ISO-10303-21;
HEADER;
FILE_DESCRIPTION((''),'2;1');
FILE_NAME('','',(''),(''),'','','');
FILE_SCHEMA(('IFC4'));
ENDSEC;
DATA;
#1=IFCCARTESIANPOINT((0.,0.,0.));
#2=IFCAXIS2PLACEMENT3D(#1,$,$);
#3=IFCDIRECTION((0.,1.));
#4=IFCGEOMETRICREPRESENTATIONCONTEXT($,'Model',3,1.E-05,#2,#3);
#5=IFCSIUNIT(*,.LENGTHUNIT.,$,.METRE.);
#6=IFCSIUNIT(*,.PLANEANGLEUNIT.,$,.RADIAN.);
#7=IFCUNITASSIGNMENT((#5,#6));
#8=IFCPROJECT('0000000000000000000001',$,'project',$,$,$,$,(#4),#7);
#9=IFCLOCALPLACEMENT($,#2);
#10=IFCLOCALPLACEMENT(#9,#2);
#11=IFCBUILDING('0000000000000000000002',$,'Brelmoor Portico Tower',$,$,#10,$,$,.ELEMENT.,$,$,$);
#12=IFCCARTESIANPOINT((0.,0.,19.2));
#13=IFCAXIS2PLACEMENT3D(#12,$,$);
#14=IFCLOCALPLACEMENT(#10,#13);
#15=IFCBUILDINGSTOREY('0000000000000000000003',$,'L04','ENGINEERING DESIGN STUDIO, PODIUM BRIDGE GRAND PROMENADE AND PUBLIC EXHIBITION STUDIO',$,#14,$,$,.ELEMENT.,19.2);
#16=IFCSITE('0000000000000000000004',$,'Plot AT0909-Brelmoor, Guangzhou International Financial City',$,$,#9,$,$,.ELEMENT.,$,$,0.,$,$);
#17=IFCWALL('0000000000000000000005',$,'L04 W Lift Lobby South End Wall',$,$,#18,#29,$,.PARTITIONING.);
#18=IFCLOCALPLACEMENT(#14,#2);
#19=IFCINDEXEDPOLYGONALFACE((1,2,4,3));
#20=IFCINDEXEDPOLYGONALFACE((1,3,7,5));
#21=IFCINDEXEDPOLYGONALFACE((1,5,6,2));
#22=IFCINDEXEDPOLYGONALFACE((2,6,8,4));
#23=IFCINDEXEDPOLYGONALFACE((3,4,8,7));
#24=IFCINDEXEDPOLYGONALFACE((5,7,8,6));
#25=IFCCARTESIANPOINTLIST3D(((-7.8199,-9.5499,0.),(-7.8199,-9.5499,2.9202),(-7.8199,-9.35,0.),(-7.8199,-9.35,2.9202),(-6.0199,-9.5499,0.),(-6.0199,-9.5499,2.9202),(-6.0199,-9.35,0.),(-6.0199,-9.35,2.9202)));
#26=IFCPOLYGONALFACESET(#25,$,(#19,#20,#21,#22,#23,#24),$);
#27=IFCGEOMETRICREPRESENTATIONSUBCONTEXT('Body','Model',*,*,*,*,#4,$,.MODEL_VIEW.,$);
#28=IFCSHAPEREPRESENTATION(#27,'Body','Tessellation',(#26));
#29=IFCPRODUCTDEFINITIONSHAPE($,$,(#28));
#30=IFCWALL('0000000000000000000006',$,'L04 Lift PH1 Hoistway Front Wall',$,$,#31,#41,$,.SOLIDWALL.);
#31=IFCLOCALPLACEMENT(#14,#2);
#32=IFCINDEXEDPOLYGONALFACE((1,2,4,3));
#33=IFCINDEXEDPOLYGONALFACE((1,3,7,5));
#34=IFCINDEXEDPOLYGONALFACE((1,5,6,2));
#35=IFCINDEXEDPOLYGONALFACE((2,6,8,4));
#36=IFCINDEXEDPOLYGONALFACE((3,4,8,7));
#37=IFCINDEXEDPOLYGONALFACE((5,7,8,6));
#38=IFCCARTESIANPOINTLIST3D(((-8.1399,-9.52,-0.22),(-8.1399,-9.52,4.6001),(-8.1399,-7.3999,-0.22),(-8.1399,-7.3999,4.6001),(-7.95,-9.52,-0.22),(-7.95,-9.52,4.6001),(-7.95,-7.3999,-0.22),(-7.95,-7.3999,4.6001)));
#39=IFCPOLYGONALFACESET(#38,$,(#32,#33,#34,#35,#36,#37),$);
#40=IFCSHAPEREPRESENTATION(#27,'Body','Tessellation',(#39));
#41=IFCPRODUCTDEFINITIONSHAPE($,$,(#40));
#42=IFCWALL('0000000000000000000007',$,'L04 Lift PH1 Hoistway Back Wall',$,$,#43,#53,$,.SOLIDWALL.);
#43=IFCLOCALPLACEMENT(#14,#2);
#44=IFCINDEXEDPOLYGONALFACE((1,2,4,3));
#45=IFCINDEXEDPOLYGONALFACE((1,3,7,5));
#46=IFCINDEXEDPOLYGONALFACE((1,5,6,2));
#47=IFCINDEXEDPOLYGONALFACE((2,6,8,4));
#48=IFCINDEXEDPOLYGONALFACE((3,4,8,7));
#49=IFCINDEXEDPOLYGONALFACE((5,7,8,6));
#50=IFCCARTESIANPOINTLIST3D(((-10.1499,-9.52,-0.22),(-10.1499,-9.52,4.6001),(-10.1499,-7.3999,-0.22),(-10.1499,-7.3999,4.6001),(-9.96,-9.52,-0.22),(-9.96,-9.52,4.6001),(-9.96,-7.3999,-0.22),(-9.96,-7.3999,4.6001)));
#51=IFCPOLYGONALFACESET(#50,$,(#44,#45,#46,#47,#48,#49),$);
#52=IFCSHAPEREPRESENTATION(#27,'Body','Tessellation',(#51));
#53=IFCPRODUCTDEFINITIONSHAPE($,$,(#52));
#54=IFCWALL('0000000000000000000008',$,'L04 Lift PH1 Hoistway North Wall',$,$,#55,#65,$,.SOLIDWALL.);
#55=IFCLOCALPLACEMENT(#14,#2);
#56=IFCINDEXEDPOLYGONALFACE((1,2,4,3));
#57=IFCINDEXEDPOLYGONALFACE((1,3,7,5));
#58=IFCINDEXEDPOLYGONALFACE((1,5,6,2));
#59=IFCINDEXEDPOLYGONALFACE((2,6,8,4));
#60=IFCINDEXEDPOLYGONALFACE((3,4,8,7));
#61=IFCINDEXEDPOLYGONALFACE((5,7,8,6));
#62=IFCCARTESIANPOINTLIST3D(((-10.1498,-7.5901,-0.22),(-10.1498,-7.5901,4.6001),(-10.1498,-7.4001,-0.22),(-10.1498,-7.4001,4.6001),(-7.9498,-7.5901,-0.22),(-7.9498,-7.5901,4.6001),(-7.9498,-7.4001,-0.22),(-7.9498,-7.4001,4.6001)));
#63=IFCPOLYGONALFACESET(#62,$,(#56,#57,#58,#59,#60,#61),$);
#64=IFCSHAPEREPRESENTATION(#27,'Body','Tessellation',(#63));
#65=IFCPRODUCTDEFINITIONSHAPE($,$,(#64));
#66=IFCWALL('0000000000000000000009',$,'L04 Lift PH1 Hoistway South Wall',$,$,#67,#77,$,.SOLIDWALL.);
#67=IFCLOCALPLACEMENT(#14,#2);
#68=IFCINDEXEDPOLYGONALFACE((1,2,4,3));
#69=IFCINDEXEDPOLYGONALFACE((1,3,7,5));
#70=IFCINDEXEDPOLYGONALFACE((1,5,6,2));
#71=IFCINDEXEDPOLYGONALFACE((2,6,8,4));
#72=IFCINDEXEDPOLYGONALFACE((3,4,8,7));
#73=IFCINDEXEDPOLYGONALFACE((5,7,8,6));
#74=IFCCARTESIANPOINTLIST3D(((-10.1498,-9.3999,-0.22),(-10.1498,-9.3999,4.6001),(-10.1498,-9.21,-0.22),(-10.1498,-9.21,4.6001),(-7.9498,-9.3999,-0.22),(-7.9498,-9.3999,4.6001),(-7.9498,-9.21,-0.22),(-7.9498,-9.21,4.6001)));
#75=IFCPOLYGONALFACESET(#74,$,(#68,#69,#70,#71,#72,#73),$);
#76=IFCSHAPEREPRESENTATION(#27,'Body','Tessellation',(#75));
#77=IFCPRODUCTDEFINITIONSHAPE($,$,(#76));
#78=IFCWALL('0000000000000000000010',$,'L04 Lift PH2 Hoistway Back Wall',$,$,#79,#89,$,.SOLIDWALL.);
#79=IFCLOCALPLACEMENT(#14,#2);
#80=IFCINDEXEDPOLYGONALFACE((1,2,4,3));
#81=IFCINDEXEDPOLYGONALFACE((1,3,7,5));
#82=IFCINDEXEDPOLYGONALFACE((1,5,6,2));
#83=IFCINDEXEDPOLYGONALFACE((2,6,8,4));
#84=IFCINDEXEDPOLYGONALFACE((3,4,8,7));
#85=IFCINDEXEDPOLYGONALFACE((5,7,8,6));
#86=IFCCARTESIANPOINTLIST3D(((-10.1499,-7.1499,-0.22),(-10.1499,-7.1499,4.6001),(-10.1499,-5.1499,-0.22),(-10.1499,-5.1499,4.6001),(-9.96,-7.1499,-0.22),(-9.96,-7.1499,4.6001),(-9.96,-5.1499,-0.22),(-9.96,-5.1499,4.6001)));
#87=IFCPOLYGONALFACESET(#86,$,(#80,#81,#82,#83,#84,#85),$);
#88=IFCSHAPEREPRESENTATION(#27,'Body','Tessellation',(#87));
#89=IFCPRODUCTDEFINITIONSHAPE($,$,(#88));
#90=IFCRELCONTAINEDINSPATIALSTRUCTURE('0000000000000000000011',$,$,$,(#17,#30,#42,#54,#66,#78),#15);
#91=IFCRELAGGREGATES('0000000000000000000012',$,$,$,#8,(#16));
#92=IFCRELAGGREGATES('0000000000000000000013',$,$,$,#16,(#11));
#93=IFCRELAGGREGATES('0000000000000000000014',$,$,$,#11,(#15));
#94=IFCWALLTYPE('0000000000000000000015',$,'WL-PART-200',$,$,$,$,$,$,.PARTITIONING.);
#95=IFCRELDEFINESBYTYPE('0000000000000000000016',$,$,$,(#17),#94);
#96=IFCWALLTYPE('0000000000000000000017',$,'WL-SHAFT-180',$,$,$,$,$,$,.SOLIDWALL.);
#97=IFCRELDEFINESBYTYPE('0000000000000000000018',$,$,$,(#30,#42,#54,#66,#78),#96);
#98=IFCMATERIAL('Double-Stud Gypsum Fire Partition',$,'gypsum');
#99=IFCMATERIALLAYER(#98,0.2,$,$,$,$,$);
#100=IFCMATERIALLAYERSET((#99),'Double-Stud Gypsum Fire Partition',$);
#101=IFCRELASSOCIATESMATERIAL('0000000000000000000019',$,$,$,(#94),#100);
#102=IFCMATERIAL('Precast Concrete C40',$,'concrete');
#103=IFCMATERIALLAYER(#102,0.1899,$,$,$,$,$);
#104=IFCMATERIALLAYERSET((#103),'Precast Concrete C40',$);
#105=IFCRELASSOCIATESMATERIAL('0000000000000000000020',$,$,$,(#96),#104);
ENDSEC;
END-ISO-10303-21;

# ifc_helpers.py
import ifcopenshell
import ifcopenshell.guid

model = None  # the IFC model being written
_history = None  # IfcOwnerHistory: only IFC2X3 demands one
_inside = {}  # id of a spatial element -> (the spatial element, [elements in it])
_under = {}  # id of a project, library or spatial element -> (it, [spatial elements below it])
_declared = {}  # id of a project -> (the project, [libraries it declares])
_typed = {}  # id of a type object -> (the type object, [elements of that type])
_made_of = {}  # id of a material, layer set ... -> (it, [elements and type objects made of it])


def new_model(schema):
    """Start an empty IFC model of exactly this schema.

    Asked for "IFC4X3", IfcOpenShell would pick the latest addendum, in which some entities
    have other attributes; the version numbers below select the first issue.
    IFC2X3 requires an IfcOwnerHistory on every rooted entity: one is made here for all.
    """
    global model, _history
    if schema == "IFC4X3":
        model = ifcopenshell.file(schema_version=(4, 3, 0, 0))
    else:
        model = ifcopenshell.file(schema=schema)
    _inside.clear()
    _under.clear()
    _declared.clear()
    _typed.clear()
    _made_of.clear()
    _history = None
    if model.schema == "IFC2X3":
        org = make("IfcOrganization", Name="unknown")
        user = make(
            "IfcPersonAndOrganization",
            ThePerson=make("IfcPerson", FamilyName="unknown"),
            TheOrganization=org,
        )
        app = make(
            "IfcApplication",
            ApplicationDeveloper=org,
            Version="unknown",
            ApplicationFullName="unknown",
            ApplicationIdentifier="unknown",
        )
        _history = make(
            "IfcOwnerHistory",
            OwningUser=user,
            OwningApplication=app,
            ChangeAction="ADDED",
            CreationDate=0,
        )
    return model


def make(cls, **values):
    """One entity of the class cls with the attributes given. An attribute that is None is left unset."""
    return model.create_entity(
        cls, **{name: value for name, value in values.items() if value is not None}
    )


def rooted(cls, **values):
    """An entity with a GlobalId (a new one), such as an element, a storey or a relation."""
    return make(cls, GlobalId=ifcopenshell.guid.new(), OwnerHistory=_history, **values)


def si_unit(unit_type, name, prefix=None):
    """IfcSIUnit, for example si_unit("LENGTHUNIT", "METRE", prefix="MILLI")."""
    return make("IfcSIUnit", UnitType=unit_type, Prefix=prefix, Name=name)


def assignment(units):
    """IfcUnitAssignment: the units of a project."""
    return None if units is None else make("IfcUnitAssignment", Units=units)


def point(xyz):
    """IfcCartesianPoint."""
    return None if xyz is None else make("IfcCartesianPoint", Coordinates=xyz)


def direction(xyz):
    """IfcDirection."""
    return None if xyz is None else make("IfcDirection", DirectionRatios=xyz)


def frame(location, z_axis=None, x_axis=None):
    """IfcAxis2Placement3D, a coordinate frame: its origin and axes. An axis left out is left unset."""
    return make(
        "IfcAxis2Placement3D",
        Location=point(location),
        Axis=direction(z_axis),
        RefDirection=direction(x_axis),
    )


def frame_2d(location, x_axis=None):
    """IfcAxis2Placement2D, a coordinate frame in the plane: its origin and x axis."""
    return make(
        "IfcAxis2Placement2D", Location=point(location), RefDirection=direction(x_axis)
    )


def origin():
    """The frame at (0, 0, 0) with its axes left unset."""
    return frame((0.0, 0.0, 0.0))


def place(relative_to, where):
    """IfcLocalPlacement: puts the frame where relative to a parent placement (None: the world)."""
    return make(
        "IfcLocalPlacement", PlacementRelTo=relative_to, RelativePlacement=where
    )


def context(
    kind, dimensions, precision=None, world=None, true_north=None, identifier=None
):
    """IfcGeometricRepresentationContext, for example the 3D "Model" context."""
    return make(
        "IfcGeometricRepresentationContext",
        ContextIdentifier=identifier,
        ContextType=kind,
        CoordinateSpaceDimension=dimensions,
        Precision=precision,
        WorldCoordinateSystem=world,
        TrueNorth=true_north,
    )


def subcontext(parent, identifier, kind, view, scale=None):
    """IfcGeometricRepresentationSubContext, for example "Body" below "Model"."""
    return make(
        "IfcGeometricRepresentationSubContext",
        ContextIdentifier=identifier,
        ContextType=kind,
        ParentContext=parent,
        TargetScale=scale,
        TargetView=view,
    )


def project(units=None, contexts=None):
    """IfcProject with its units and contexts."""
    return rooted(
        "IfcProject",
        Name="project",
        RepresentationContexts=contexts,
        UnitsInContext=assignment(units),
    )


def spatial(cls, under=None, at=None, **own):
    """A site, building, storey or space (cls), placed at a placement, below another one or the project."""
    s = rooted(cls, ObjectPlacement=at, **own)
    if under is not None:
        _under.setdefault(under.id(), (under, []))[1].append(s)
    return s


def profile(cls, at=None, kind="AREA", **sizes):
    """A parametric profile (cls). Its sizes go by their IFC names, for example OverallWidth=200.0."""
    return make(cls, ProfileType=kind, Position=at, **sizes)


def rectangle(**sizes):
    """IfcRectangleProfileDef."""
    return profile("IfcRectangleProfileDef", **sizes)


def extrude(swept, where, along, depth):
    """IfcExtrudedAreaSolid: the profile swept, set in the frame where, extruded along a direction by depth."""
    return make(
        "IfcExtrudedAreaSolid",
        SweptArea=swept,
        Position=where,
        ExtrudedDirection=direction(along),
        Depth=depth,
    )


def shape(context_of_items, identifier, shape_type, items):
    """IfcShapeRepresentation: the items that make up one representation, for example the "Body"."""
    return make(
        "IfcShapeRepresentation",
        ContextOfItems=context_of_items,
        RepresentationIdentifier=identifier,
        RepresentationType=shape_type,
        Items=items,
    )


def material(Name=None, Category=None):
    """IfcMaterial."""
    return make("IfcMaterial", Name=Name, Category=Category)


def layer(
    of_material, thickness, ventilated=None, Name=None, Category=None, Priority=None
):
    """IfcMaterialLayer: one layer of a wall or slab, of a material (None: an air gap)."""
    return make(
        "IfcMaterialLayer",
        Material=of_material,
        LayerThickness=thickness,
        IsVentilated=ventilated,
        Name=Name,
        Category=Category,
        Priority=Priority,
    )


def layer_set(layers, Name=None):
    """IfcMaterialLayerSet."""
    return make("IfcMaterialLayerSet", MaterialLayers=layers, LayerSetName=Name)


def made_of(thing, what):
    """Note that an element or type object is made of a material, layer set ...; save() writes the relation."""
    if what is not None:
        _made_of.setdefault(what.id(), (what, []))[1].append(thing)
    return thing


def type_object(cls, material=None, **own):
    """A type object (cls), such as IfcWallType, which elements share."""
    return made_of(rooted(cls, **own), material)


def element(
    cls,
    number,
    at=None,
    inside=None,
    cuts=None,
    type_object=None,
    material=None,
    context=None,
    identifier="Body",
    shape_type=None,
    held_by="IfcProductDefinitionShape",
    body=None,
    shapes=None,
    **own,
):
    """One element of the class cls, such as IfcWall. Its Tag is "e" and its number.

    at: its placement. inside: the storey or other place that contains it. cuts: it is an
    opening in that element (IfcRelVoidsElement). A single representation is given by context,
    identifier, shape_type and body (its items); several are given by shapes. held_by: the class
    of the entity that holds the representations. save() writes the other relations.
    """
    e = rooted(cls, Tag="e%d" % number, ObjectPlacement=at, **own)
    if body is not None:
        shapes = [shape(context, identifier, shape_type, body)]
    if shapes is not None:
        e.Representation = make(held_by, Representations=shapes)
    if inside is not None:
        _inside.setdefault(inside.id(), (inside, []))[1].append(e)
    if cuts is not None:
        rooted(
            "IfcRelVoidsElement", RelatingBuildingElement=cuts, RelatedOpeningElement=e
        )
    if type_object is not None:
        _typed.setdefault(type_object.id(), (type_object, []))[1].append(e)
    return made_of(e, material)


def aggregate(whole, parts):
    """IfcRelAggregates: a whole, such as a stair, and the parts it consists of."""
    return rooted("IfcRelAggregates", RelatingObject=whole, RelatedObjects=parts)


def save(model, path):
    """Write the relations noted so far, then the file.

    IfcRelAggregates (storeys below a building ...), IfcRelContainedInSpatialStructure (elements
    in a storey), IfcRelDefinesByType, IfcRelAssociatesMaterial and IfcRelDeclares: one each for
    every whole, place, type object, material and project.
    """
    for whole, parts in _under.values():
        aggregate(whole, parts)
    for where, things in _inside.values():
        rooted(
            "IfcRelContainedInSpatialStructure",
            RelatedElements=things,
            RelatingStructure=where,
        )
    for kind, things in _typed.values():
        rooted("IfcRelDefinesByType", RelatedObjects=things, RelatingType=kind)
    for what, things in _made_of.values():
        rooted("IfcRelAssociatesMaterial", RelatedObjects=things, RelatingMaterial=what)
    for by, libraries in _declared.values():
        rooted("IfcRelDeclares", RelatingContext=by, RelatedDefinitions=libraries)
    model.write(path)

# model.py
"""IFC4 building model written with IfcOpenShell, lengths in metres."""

from ifc_helpers import new_model, si_unit, direction, frame, frame_2d, origin, place, context, subcontext, project, spatial, rectangle, extrude, material, layer, layer_set, type_object, element, save


model = new_model("IFC4")

# Units and contexts
model_context = context("Model", 3, precision=1e-05, world=origin(), true_north=direction((0.0, 1.0)))
body_context = subcontext(model_context, "Body", "Model", "MODEL_VIEW")
ifc_project = project(units=[si_unit("LENGTHUNIT", "METRE"), si_unit("PLANEANGLEUNIT", "RADIAN")], contexts=[model_context])

# Site, building, storey
site_placement = place(None, origin())
site = spatial("IfcSite", under=ifc_project, at=site_placement, Name="Plot AT0909-Brelmoor, Guangzhou International Financial City", CompositionType="ELEMENT", RefElevation=0.0)
building_placement = place(site_placement, origin())
building = spatial("IfcBuilding", under=site, at=building_placement, Name="Brelmoor Portico Tower", CompositionType="ELEMENT")
storey_placement = place(building_placement, frame((0.0, 0.0, 19.2)))
storey = spatial("IfcBuildingStorey", under=building, at=storey_placement, Name="L04", Description="ENGINEERING DESIGN STUDIO, PODIUM BRIDGE GRAND PROMENADE AND PUBLIC EXHIBITION STUDIO", CompositionType="ELEMENT", Elevation=19.2)

# Shared definitions
ifc_material_1 = material(Name="Double-Stud Gypsum Fire Partition", Category="gypsum")
ifc_layer_1 = layer(ifc_material_1, 0.2)
ifc_layer_set_1 = layer_set([ifc_layer_1], Name="Double-Stud Gypsum Fire Partition")
wall_type_1 = type_object("IfcWallType", Name="WL-PART-200", PredefinedType="PARTITIONING", material=ifc_layer_set_1)

# Walls
wall_1_placement = place(storey_placement, frame((-6.02, -9.45, 0.0), z_axis=(0.0, 0.0, 1.0), x_axis=(-1.0, 0.0, 0.0)))
element("IfcWall", 1, at=wall_1_placement, inside=storey, type_object=wall_type_1, Name="L04 W Lift Lobby South End Wall", PredefinedType="PARTITIONING", context=body_context, shape_type="SweptSolid", body=[
    extrude(rectangle(XDim=1.8, YDim=0.2, at=frame_2d((0.8999, 0.0))), origin(), (0.0, 0.0, 1.0), 2.9202),
])
ifc_material_2 = material(Name="Precast Concrete C40", Category="concrete")
ifc_layer_2 = layer(ifc_material_2, 0.1899)
ifc_layer_set_2 = layer_set([ifc_layer_2], Name="Precast Concrete C40")
wall_type_2 = type_object("IfcWallType", Name="WL-SHAFT-180", PredefinedType="SOLIDWALL", material=ifc_layer_set_2)
for number, where, z_axis, x_axis, name in (
    (2, (-8.0449, -9.52, -0.22), (0.0, 0.0, 1.0), (0.0, 1.0, 0.0), "L04 Lift PH1 Hoistway Front Wall"),
    (3, (-10.0549, -9.52, -0.22), (0.0, 0.0, 1.0), (0.0, 1.0, 0.0), "L04 Lift PH1 Hoistway Back Wall"),
):
    element("IfcWall", number, at=place(storey_placement, frame(where, z_axis=z_axis, x_axis=x_axis)), inside=storey, type_object=wall_type_2, Name=name, PredefinedType="SOLIDWALL", context=body_context, shape_type="SweptSolid", body=[
        extrude(rectangle(XDim=2.1201, YDim=0.1899, at=frame_2d((1.0601, 0.0))), origin(), (0.0, 0.0, 1.0), 4.8201),
    ])
for number, where, z_axis, x_axis, name in (
    (4, (-10.1499, -7.4951, -0.22), (0.0, 0.0, 1.0), (1.0, 0.0, 0.0), "L04 Lift PH1 Hoistway North Wall"),
    (5, (-10.1499, -9.3049, -0.22), (0.0, 0.0, 1.0), (1.0, 0.0, 0.0), "L04 Lift PH1 Hoistway South Wall"),
):
    element("IfcWall", number, at=place(storey_placement, frame(where, z_axis=z_axis, x_axis=x_axis)), inside=storey, type_object=wall_type_2, Name=name, PredefinedType="SOLIDWALL", context=body_context, shape_type="SweptSolid", body=[
        extrude(rectangle(XDim=2.2, YDim=0.1899, at=frame_2d((1.1001, 0.0))), origin(), (0.0, 0.0, 1.0), 4.8201),
    ])
wall_2_placement = place(storey_placement, frame((-10.0549, -7.1499, -0.22), z_axis=(0.0, 0.0, 1.0), x_axis=(0.0, 1.0, 0.0)))
element("IfcWall", 6, at=wall_2_placement, inside=storey, type_object=wall_type_2, Name="L04 Lift PH2 Hoistway Back Wall", PredefinedType="SOLIDWALL", context=body_context, shape_type="SweptSolid", body=[
    extrude(rectangle(XDim=2.0, YDim=0.1899, at=frame_2d((1.0, 0.0))), origin(), (0.0, 0.0, 1.0), 4.8201),
])

save(model, "model.ifc")
